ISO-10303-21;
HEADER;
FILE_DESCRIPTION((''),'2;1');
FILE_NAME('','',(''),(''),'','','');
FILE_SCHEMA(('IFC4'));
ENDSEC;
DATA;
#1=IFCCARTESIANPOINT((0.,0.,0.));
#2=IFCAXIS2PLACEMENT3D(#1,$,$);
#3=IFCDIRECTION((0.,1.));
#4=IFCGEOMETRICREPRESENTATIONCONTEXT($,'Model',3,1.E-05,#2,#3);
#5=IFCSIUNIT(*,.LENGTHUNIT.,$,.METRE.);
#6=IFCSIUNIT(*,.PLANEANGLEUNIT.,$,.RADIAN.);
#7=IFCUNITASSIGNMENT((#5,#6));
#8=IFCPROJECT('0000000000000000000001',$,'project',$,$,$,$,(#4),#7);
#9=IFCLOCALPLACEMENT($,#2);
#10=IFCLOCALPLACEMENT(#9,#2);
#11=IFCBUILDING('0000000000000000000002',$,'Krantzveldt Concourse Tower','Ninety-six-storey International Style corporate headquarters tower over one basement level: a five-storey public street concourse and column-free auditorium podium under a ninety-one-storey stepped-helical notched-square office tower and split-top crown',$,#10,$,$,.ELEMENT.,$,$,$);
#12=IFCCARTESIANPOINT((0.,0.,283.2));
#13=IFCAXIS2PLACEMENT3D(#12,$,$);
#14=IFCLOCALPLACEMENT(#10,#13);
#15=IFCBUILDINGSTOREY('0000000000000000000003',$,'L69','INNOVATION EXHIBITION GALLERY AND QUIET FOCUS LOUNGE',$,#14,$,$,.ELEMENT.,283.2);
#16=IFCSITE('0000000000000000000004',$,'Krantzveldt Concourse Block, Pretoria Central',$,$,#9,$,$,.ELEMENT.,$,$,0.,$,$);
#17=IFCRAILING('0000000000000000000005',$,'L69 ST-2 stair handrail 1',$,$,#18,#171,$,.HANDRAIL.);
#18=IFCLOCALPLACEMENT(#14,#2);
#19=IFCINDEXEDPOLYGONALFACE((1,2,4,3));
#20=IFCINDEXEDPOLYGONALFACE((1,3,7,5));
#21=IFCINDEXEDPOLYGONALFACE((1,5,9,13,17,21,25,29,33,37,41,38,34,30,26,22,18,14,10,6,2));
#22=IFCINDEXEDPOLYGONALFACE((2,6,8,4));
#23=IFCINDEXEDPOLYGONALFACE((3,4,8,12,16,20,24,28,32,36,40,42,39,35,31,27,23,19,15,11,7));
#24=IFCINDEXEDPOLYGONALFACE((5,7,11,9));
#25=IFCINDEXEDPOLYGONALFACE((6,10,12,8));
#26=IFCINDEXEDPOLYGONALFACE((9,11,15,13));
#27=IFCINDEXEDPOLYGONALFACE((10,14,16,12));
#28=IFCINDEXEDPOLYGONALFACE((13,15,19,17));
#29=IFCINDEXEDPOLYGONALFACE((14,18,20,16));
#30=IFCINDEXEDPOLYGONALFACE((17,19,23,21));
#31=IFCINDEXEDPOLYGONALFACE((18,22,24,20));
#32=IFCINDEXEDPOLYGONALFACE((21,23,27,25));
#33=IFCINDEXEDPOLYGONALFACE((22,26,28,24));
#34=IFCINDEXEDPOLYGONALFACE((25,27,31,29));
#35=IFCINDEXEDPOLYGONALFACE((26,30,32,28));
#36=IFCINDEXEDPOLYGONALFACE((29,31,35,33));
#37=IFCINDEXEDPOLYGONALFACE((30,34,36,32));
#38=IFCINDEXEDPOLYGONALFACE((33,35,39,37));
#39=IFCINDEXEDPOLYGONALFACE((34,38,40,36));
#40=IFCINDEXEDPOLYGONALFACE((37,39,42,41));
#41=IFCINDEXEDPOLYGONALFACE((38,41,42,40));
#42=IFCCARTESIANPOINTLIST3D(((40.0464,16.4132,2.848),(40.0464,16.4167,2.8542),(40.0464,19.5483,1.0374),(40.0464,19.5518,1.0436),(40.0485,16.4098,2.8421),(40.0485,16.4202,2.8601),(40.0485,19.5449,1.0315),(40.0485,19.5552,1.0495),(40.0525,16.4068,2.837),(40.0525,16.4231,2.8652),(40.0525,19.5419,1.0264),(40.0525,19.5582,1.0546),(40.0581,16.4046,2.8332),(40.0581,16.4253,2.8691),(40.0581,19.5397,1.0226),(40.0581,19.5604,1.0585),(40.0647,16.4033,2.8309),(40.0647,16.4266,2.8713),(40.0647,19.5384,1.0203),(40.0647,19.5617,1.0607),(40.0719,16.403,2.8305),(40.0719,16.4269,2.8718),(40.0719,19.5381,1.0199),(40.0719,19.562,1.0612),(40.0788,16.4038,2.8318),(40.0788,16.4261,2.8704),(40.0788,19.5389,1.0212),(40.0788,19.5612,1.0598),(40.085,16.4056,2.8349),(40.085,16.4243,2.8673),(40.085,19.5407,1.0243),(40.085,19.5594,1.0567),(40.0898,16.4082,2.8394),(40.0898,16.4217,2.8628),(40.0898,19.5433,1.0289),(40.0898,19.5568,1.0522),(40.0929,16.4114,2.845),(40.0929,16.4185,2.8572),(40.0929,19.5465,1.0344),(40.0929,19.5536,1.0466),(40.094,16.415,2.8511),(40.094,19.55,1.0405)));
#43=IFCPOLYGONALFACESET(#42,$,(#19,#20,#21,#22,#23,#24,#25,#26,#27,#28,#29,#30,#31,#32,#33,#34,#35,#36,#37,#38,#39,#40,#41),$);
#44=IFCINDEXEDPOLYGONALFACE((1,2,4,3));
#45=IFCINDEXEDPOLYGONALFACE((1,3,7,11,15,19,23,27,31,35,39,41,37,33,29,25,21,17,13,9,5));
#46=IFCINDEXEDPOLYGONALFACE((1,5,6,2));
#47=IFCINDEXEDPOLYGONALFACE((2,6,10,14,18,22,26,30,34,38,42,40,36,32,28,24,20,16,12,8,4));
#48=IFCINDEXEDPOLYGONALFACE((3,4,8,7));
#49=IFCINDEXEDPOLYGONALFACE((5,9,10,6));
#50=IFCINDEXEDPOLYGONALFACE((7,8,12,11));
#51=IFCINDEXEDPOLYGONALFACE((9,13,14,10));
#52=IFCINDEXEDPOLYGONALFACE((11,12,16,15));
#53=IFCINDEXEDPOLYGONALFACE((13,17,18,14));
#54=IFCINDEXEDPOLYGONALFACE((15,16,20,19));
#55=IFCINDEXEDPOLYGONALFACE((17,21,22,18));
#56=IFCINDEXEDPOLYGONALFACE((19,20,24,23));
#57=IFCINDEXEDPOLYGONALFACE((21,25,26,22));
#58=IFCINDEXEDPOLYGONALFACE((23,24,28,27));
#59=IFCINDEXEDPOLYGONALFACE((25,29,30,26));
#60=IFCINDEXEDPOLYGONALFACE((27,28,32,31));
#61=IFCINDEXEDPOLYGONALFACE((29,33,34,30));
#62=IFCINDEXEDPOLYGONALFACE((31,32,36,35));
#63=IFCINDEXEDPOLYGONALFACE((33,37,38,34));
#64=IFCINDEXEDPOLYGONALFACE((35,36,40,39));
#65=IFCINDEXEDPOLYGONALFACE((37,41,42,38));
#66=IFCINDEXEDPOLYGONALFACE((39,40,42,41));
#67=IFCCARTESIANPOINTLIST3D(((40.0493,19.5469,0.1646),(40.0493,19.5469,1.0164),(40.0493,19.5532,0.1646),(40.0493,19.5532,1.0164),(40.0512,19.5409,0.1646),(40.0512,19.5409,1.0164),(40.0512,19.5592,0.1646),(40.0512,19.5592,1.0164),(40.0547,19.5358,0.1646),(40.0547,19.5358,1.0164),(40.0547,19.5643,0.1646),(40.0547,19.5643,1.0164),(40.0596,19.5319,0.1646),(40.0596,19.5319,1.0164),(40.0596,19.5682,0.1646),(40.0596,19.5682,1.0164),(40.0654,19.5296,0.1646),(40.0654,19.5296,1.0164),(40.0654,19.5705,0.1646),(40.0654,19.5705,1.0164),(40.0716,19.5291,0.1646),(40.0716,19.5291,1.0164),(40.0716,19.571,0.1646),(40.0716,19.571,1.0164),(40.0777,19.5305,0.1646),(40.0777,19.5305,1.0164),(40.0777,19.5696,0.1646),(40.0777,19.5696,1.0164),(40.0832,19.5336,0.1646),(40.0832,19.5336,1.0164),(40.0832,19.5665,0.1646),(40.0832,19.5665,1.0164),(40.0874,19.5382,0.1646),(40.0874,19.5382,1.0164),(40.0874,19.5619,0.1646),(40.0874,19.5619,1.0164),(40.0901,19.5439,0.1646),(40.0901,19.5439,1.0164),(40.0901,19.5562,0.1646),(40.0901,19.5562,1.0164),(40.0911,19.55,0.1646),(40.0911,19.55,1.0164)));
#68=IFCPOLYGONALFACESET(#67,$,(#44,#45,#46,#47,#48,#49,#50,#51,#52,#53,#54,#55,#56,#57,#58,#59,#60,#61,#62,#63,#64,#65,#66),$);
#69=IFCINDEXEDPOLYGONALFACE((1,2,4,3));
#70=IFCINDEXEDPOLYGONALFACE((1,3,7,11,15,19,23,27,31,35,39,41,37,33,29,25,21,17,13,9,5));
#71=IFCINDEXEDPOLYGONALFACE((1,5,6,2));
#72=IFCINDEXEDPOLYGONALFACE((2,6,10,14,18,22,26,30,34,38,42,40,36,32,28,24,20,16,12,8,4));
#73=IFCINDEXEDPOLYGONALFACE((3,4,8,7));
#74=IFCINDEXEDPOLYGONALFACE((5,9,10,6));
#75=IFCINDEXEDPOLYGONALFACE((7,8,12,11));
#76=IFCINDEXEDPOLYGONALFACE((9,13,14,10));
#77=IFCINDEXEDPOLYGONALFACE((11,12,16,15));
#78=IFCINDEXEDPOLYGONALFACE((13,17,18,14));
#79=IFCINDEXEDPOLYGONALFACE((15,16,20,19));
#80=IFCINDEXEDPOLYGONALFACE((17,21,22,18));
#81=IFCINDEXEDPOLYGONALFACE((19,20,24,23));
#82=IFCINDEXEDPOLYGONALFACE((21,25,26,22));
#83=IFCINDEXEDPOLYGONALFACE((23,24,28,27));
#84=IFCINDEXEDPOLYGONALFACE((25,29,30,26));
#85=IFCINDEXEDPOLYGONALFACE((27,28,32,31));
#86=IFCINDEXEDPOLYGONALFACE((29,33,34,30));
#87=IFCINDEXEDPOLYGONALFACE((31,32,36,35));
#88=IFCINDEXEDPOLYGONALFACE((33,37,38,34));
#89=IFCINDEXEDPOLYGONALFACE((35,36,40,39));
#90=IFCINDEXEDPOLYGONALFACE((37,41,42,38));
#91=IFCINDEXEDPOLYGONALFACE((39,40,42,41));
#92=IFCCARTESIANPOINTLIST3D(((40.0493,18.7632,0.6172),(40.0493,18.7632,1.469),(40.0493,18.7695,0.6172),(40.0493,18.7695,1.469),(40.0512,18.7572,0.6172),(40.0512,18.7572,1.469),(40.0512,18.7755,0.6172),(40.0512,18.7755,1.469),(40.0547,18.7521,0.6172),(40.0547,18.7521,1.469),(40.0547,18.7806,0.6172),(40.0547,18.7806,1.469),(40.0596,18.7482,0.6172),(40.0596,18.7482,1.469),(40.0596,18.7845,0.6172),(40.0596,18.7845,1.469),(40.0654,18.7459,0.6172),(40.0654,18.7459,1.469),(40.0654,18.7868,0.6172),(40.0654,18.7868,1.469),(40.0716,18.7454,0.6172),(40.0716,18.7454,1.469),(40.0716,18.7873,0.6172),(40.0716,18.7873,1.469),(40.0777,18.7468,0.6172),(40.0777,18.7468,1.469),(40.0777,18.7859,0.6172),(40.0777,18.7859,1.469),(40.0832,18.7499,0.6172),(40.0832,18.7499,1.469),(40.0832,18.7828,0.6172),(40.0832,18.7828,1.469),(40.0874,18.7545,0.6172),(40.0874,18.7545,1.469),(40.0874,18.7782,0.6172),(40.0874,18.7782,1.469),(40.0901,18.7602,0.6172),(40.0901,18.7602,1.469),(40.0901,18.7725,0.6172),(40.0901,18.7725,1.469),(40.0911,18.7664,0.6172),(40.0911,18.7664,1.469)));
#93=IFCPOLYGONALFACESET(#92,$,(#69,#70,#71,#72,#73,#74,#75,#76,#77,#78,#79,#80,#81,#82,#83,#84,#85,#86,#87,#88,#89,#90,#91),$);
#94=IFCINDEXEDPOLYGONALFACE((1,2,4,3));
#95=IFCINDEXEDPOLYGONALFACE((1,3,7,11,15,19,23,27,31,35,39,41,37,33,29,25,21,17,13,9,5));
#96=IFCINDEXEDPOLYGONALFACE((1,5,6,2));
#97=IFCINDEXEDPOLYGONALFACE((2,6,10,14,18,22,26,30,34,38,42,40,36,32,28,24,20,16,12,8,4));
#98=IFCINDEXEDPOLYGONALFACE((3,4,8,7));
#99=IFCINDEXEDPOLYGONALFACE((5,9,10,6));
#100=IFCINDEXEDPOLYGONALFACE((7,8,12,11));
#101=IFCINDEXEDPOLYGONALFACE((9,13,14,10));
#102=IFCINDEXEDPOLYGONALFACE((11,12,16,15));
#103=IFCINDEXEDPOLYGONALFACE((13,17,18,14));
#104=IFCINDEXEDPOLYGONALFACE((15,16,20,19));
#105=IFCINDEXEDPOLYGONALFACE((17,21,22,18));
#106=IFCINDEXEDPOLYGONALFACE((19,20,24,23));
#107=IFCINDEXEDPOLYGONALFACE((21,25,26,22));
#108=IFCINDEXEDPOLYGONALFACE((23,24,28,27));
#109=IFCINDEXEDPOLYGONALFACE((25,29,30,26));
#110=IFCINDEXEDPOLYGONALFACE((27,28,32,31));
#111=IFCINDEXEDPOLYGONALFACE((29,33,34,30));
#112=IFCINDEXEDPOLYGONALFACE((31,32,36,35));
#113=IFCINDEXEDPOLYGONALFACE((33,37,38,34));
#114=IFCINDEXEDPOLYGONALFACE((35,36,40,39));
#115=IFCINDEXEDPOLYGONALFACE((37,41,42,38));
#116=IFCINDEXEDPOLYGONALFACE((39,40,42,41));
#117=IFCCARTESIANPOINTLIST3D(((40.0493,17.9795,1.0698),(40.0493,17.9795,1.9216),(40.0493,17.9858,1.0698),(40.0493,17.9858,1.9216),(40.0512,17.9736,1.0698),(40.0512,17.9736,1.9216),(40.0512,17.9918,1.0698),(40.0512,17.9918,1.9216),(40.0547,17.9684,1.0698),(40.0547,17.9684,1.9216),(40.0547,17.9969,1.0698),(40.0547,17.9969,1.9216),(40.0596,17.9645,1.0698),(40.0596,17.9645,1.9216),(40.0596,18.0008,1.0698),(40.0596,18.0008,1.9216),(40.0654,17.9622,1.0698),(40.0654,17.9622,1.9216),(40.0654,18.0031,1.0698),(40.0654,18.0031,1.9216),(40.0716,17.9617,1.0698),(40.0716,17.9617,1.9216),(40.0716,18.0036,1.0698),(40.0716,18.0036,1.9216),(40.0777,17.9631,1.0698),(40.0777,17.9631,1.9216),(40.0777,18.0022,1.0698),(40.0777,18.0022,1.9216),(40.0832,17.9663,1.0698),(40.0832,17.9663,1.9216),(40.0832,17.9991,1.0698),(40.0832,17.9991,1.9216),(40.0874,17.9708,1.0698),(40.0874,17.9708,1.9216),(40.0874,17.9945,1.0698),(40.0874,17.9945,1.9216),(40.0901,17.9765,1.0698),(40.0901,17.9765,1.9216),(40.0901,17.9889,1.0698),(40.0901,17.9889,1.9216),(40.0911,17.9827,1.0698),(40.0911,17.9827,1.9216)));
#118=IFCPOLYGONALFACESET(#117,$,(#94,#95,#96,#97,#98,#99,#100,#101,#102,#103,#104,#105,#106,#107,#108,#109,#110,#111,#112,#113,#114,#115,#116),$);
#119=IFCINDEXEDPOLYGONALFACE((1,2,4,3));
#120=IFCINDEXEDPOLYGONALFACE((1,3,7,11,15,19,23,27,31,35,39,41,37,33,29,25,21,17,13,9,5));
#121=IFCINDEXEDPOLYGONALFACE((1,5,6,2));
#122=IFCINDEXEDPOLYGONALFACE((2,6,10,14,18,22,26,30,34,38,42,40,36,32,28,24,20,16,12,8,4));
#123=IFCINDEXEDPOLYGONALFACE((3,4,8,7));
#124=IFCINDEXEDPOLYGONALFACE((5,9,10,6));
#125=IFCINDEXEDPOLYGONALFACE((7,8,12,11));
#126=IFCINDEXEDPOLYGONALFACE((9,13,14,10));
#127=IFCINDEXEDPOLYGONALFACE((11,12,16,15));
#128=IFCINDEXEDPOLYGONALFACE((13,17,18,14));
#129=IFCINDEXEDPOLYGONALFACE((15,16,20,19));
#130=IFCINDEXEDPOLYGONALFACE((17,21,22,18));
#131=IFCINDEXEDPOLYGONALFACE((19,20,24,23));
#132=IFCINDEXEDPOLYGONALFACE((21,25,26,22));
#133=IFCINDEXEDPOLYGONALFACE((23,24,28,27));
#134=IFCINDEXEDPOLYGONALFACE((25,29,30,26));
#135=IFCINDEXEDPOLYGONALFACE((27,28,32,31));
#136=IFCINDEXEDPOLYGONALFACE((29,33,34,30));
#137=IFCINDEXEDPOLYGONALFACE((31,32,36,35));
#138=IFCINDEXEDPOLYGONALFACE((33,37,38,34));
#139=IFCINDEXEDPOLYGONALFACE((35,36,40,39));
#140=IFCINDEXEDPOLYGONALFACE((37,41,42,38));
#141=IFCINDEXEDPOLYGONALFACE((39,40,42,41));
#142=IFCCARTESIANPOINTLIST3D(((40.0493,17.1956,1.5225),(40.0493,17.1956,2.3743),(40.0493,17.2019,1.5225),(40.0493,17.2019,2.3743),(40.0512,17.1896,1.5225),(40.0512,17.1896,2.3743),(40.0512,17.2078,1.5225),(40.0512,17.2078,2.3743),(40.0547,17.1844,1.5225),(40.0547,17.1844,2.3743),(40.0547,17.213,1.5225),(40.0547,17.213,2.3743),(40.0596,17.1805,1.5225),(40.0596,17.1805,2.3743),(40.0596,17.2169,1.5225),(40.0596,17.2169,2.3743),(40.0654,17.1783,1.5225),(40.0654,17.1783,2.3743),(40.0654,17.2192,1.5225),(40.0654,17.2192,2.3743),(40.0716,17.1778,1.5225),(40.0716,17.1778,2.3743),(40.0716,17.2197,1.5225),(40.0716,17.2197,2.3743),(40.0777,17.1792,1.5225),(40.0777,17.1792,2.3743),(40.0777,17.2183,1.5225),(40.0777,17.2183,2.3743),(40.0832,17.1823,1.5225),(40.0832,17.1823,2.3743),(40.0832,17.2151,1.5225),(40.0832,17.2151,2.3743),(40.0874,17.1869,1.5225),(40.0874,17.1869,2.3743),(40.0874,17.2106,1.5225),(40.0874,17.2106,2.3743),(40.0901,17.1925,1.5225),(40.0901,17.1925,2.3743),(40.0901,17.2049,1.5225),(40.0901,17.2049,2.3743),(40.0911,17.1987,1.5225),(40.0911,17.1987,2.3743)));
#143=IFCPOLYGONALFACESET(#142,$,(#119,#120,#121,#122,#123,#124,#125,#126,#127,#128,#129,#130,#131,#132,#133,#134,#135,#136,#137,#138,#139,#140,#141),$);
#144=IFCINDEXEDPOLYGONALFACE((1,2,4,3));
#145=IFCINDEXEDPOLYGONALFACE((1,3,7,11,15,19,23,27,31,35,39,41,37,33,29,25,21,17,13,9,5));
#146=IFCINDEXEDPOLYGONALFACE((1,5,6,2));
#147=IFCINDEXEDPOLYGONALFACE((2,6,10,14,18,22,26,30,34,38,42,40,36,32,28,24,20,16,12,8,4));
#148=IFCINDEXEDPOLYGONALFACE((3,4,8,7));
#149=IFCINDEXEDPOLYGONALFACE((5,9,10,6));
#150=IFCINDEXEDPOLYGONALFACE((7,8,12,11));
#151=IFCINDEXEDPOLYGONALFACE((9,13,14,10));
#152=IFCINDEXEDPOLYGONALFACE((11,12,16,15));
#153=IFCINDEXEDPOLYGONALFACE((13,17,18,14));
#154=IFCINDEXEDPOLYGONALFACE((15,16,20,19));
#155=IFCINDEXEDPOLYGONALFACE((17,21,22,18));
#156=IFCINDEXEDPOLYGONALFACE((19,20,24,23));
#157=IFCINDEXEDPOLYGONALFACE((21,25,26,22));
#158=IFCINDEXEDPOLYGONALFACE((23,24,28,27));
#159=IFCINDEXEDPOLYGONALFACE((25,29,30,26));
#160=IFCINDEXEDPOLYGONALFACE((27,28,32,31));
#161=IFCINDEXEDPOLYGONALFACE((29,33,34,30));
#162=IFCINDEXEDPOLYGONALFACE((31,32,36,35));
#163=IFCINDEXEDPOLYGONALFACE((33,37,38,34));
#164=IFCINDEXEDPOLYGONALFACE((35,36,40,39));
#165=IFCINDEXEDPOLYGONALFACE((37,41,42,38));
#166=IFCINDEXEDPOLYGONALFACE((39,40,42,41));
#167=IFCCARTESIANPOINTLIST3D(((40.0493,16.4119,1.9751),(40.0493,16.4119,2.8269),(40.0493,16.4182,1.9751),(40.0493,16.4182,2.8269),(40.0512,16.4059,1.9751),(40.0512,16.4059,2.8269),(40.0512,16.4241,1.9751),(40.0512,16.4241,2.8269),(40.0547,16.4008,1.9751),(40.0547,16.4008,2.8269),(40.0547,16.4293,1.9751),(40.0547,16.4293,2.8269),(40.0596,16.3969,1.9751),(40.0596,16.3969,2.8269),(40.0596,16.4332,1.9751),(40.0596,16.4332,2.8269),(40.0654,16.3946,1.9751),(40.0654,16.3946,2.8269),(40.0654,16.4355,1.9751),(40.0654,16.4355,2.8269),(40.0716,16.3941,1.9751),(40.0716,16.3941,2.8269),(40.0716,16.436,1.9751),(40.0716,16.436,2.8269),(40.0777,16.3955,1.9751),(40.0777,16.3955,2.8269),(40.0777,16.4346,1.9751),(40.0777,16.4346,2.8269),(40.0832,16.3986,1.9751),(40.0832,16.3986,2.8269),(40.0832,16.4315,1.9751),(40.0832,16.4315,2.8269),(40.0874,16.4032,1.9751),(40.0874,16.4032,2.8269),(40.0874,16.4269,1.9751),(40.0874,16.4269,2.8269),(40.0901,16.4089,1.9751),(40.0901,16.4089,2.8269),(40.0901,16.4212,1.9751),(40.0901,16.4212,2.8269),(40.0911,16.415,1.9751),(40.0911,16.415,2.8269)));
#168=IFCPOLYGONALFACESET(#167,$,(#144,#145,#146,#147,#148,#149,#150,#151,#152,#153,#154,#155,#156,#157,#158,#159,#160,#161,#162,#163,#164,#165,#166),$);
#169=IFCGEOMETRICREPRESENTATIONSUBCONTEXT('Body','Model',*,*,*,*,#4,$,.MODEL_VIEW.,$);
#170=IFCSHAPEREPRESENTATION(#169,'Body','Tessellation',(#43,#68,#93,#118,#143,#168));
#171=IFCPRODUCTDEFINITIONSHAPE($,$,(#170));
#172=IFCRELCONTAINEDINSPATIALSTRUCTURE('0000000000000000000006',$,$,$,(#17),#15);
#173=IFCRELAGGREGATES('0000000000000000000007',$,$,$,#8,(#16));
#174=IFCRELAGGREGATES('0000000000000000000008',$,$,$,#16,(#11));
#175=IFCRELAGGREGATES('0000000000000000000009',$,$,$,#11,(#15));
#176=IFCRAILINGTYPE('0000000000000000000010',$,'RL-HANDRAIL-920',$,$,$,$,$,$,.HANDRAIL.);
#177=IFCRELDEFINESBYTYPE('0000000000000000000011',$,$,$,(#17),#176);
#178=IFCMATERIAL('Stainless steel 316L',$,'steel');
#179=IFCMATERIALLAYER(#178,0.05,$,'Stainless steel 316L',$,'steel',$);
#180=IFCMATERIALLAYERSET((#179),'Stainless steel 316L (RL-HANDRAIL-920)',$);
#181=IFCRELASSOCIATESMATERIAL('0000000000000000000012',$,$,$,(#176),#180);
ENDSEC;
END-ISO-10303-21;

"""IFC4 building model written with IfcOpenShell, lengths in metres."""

from ifc_helpers import new_model, si_unit, direction, frame, origin, origin_2d, place, context, subcontext, project, spatial, circle, extrude, material, layer, layer_set, type_object, element, save


model = new_model("IFC4")

# Units and contexts
model_context = context("Model", 3, precision=1e-05, world=origin(), true_north=direction((0.0, 1.0)))
body_context = subcontext(model_context, "Body", "Model", "MODEL_VIEW")
ifc_project = project(units=[si_unit("LENGTHUNIT", "METRE"), si_unit("PLANEANGLEUNIT", "RADIAN")], contexts=[model_context])

# Site, building, storey
site_placement = place(None, origin())
site = spatial("IfcSite", under=ifc_project, at=site_placement, Name="Krantzveldt Concourse Block, Pretoria Central", CompositionType="ELEMENT", RefElevation=0.0)
building_placement = place(site_placement, origin())
building = spatial("IfcBuilding", under=site, at=building_placement, Name="Krantzveldt Concourse Tower", Description="Ninety-six-storey International Style corporate headquarters tower over one basement level: a five-storey public street concourse and column-free auditorium podium under a ninety-one-storey stepped-helical notched-square office tower and split-top crown", CompositionType="ELEMENT")
storey_placement = place(building_placement, frame((0.0, 0.0, 283.2)))
storey = spatial("IfcBuildingStorey", under=building, at=storey_placement, Name="L69", Description="INNOVATION EXHIBITION GALLERY AND QUIET FOCUS LOUNGE", CompositionType="ELEMENT", Elevation=283.2)

# Shared definitions
ifc_material_1 = material(Name="Stainless steel 316L", Category="steel")

# Railing
ifc_layer_1 = layer(ifc_material_1, 0.05, Name="Stainless steel 316L", Category="steel")
ifc_layer_set_1 = layer_set([ifc_layer_1], Name="Stainless steel 316L (RL-HANDRAIL-920)")
railing_type_1 = type_object("IfcRailingType", Name="RL-HANDRAIL-920", PredefinedType="HANDRAIL", material=ifc_layer_set_1)
railing_1_placement = place(storey_placement, frame((40.0701, 19.55, 0.1646)))
element("IfcRailing", 1, at=railing_1_placement, inside=storey, type_object=railing_type_1, Name="L69 ST-2 stair handrail 1", PredefinedType="HANDRAIL", context=body_context, shape_type="SweptSolid", body=[
    extrude(circle(Radius=0.0239, at=origin_2d()), frame((0.0, 0.0, 0.876), z_axis=(0.0, -0.86596, 0.500114), x_axis=(1.0, 0.0, 0.0)), (0.0, 0.0, 1.0), 3.6204),
    extrude(circle(Radius=0.021, at=origin_2d()), origin(), (0.0, 0.0, 1.0), 0.8518),
    extrude(circle(Radius=0.021, at=origin_2d()), frame((0.0, -0.7837, 0.4526)), (0.0, 0.0, 1.0), 0.8518),
    extrude(circle(Radius=0.021, at=origin_2d()), frame((0.0, -1.5674, 0.9053)), (0.0, 0.0, 1.0), 0.8518),
    extrude(circle(Radius=0.021, at=origin_2d()), frame((0.0, -2.3513, 1.3579)), (0.0, 0.0, 1.0), 0.8518),
    extrude(circle(Radius=0.021, at=origin_2d()), frame((0.0, -3.135, 1.8105)), (0.0, 0.0, 1.0), 0.8518),
])

save(model, "model.ifc")
